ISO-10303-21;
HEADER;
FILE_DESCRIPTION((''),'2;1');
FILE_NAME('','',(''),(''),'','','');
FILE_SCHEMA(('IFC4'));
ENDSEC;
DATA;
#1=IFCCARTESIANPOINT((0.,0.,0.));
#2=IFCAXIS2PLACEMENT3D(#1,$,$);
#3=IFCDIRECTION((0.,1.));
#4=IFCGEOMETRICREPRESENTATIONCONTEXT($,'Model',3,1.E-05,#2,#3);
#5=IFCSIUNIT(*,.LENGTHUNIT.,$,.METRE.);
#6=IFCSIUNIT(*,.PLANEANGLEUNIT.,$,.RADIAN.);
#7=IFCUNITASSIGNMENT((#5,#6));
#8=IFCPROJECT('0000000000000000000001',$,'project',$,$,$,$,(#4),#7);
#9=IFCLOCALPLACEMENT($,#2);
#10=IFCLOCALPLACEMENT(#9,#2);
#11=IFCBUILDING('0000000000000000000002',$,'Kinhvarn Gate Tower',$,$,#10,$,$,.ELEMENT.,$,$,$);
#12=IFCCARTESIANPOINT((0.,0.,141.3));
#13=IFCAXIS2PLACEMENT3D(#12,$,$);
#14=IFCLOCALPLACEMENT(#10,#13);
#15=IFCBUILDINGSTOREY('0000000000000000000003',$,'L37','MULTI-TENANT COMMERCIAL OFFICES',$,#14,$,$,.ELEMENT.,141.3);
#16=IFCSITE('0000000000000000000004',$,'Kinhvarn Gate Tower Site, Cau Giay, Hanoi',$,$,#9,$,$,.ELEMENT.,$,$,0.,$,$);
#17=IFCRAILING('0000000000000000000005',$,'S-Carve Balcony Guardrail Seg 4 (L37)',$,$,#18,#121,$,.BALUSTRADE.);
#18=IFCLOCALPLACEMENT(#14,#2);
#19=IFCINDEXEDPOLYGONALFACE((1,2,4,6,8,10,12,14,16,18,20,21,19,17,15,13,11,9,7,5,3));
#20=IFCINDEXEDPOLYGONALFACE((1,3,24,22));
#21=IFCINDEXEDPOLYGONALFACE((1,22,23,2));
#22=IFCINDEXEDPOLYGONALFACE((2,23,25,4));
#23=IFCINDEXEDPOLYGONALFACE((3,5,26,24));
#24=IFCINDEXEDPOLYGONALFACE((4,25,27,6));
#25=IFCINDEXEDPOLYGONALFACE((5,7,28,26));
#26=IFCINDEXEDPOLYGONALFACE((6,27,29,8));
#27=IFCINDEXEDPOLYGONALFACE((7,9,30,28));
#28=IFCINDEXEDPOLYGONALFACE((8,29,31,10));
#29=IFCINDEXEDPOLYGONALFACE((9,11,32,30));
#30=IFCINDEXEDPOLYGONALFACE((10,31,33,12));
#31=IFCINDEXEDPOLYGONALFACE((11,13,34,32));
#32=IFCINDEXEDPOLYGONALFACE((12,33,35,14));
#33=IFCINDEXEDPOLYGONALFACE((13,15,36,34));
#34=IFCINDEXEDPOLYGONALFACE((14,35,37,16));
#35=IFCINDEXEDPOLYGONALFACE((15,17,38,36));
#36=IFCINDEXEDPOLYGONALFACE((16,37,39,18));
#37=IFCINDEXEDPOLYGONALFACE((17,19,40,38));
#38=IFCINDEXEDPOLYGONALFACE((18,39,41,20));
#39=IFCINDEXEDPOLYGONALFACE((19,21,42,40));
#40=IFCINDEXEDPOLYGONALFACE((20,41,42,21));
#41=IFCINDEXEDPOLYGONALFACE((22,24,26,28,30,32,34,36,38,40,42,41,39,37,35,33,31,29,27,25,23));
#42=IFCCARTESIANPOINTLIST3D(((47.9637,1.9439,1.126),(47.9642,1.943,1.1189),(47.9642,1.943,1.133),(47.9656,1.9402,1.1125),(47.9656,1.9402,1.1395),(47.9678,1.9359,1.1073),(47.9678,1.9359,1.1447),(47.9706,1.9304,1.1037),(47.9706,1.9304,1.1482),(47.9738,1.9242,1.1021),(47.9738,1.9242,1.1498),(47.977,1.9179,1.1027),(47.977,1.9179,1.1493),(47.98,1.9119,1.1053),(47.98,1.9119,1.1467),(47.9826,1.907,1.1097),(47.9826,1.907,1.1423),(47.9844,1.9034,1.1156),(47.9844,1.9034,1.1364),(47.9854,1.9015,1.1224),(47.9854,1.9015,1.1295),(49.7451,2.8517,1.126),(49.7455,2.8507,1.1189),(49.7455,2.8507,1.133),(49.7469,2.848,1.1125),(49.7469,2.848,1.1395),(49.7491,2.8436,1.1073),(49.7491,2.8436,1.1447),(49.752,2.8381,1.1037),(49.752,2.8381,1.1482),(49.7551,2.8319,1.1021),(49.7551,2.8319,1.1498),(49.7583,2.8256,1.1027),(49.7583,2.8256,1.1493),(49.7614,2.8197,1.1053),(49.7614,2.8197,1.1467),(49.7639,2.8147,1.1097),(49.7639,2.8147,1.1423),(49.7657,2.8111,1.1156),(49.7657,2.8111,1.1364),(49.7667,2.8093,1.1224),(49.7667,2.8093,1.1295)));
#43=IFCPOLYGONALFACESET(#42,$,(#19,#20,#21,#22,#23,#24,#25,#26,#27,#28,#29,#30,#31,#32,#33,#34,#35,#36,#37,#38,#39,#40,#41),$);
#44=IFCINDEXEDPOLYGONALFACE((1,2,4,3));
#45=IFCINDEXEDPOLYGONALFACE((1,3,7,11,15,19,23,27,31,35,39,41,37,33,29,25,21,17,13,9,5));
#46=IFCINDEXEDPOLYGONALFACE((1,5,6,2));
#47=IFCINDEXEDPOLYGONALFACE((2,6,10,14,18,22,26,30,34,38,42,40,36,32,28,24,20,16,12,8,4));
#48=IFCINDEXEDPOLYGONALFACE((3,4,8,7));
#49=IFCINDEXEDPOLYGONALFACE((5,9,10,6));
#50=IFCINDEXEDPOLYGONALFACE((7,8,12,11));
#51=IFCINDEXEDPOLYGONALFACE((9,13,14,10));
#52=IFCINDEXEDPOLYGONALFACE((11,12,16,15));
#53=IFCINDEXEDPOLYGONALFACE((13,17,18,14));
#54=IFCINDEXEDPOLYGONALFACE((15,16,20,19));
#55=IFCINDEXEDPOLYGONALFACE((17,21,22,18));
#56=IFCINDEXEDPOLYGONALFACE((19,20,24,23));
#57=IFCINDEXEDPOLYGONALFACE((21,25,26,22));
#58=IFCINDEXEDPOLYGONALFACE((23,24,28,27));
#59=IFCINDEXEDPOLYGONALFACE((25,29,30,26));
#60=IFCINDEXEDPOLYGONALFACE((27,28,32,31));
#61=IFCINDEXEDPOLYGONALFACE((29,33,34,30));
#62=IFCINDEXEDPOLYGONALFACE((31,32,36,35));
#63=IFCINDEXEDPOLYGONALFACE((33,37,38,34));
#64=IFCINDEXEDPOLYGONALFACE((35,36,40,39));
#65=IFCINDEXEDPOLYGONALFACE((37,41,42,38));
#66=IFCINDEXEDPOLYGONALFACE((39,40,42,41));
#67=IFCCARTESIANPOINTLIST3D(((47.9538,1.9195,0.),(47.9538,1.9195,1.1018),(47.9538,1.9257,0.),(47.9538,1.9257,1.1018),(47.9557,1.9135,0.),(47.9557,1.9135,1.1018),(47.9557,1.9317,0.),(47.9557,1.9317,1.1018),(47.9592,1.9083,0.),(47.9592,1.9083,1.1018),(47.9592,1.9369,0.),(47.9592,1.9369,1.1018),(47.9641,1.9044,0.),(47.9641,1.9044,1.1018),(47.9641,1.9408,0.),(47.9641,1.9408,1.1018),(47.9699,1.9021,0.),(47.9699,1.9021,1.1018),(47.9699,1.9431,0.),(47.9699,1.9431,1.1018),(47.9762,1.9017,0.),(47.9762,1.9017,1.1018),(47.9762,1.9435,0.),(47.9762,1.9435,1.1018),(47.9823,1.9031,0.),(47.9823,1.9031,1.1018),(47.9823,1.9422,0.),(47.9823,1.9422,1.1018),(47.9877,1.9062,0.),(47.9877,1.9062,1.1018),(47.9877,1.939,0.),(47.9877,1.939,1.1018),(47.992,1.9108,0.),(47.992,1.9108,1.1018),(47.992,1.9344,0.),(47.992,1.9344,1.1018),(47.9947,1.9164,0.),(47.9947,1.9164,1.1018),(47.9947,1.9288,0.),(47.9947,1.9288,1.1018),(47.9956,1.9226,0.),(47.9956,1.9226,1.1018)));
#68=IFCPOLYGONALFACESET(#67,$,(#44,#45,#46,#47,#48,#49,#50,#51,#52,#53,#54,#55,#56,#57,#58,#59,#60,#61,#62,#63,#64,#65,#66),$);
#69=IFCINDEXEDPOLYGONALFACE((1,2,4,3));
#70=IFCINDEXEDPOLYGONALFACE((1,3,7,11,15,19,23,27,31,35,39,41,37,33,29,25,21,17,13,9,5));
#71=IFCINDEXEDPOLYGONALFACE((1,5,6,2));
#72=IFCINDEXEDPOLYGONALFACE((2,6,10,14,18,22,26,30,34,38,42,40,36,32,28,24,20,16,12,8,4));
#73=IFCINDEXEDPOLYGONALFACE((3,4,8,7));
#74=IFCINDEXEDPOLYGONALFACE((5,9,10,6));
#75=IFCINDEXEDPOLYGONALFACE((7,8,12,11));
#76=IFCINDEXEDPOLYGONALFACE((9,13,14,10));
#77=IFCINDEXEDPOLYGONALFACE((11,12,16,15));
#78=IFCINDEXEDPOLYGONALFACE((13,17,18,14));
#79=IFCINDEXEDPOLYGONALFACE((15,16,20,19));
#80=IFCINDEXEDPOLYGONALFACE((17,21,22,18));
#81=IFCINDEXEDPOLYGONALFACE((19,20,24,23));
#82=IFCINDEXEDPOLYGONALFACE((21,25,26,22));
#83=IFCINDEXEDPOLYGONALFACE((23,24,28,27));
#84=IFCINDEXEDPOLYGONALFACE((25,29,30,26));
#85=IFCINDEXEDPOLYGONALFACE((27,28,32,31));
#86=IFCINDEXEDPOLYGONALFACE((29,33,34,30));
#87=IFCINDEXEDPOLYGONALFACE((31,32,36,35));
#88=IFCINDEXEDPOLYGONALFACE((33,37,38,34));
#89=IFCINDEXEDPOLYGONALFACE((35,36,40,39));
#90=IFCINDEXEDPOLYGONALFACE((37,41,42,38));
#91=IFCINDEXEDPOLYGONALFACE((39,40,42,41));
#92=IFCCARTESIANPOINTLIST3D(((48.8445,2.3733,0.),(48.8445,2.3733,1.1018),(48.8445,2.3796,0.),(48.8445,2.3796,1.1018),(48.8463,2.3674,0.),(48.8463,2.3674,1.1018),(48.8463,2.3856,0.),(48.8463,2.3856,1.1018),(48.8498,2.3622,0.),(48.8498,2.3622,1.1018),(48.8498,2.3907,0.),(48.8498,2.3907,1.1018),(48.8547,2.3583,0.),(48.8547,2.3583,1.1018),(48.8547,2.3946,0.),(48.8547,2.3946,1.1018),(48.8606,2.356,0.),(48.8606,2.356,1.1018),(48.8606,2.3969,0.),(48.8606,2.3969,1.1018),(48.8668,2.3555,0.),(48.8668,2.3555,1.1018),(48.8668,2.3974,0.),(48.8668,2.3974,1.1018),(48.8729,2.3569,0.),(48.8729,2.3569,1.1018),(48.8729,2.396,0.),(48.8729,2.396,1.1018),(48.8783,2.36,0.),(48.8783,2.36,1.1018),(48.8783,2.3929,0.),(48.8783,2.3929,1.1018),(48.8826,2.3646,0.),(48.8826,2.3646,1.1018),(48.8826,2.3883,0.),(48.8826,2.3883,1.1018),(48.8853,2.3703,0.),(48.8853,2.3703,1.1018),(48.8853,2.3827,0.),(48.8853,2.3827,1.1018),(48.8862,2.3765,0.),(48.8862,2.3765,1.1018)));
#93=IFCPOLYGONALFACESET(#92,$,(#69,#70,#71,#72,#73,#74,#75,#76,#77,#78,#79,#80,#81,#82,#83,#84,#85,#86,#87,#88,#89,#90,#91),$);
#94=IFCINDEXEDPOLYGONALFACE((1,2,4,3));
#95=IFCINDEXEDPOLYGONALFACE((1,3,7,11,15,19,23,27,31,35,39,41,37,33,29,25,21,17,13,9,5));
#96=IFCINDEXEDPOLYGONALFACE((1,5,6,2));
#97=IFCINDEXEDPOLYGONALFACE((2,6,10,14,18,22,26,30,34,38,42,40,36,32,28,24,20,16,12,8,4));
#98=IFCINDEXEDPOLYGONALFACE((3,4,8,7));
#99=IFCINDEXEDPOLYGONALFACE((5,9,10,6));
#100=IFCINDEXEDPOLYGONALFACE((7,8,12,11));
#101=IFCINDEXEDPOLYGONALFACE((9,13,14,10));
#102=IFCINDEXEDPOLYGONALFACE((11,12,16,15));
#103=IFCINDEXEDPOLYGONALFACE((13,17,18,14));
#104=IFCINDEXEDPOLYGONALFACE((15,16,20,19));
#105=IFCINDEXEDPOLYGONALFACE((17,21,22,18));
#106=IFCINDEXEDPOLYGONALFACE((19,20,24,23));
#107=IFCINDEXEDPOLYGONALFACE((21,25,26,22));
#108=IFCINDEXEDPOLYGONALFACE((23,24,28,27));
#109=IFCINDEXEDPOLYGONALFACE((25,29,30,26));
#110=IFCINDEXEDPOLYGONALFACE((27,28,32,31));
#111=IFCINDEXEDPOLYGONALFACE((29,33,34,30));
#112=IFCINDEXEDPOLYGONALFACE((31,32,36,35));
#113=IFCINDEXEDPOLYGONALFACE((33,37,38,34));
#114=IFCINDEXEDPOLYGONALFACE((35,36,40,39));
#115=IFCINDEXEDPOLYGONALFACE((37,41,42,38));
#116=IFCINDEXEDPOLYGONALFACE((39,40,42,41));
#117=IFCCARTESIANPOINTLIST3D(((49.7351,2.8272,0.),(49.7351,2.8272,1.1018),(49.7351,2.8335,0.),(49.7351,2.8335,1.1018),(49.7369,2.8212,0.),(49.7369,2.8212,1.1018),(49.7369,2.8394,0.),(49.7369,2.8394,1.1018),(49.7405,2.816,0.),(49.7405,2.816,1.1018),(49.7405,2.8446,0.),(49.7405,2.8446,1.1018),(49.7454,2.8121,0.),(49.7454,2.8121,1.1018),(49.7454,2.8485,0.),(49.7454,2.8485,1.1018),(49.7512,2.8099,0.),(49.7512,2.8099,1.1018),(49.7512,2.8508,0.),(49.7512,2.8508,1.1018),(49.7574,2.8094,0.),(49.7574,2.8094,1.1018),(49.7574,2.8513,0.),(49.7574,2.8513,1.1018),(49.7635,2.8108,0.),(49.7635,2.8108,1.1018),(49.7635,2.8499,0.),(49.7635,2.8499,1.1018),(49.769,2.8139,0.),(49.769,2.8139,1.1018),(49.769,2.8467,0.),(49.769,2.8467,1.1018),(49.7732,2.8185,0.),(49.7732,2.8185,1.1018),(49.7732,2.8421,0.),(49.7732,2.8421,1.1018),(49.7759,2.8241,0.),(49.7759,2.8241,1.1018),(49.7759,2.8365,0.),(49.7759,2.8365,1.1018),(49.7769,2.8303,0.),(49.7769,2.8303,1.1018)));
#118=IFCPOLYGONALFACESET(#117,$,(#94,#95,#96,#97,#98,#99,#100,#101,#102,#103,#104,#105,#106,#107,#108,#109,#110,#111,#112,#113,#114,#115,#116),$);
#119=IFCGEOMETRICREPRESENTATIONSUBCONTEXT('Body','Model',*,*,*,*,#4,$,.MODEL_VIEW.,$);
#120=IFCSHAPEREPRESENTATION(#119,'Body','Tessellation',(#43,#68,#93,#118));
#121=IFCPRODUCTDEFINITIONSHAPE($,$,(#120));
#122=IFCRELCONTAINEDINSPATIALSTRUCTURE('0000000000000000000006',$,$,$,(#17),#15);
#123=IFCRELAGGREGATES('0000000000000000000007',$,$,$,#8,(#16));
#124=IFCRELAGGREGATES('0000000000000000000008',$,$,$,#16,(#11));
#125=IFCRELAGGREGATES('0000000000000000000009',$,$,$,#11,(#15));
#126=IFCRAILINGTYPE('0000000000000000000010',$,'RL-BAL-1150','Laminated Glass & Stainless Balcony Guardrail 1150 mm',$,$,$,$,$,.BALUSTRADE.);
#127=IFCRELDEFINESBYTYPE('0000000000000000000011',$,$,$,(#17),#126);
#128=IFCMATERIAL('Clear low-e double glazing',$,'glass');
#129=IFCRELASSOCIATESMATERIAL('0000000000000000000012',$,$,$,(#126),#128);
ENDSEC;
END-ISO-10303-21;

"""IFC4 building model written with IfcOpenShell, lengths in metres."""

from ifc_helpers import new_model, si_unit, direction, frame, origin, origin_2d, place, context, subcontext, project, spatial, circle, extrude, material, type_object, element, save


model = new_model("IFC4")

# Units and contexts
model_context = context("Model", 3, precision=1e-05, world=origin(), true_north=direction((0.0, 1.0)))
body_context = subcontext(model_context, "Body", "Model", "MODEL_VIEW")
ifc_project = project(units=[si_unit("LENGTHUNIT", "METRE"), si_unit("PLANEANGLEUNIT", "RADIAN")], contexts=[model_context])

# Site, building, storey
site_placement = place(None, origin())
site = spatial("IfcSite", under=ifc_project, at=site_placement, Name="Kinhvarn Gate Tower Site, Cau Giay, Hanoi", CompositionType="ELEMENT", RefElevation=0.0)
building_placement = place(site_placement, origin())
building = spatial("IfcBuilding", under=site, at=building_placement, Name="Kinhvarn Gate Tower", CompositionType="ELEMENT")
storey_placement = place(building_placement, frame((0.0, 0.0, 141.3)))
storey = spatial("IfcBuildingStorey", under=building, at=storey_placement, Name="L37", Description="MULTI-TENANT COMMERCIAL OFFICES", CompositionType="ELEMENT", Elevation=141.3)

# Shared definitions
ifc_material_1 = material(Name="Clear low-e double glazing", Category="glass")

# Railing
railing_type = type_object("IfcRailingType", Name="RL-BAL-1150", Description="Laminated Glass & Stainless Balcony Guardrail 1150 mm", PredefinedType="BALUSTRADE", material=ifc_material_1)
railing_1_placement = place(storey_placement, frame((47.9746, 1.9226, 0.0)))
element("IfcRailing", 1, at=railing_1_placement, inside=storey, type_object=railing_type, Name="S-Carve Balcony Guardrail Seg 4 (L37)", PredefinedType="BALUSTRADE", context=body_context, shape_type="SweptSolid", body=[
    extrude(circle(Radius=0.0239, at=origin_2d()), frame((0.0, 0.0, 1.126), z_axis=(0.890982, 0.454039, 0.0), x_axis=(-0.454039, 0.890982, 0.0)), (0.0, 0.0, 1.0), 1.9993),
    extrude(circle(Radius=0.021, at=origin_2d()), origin(), (0.0, 0.0, 1.0), 1.1018),
    extrude(circle(Radius=0.021, at=origin_2d()), frame((0.8906, 0.4539, 0.0)), (0.0, 0.0, 1.0), 1.1018),
    extrude(circle(Radius=0.021, at=origin_2d()), frame((1.7812, 0.9077, 0.0)), (0.0, 0.0, 1.0), 1.1018),
])

save(model, "model.ifc")
